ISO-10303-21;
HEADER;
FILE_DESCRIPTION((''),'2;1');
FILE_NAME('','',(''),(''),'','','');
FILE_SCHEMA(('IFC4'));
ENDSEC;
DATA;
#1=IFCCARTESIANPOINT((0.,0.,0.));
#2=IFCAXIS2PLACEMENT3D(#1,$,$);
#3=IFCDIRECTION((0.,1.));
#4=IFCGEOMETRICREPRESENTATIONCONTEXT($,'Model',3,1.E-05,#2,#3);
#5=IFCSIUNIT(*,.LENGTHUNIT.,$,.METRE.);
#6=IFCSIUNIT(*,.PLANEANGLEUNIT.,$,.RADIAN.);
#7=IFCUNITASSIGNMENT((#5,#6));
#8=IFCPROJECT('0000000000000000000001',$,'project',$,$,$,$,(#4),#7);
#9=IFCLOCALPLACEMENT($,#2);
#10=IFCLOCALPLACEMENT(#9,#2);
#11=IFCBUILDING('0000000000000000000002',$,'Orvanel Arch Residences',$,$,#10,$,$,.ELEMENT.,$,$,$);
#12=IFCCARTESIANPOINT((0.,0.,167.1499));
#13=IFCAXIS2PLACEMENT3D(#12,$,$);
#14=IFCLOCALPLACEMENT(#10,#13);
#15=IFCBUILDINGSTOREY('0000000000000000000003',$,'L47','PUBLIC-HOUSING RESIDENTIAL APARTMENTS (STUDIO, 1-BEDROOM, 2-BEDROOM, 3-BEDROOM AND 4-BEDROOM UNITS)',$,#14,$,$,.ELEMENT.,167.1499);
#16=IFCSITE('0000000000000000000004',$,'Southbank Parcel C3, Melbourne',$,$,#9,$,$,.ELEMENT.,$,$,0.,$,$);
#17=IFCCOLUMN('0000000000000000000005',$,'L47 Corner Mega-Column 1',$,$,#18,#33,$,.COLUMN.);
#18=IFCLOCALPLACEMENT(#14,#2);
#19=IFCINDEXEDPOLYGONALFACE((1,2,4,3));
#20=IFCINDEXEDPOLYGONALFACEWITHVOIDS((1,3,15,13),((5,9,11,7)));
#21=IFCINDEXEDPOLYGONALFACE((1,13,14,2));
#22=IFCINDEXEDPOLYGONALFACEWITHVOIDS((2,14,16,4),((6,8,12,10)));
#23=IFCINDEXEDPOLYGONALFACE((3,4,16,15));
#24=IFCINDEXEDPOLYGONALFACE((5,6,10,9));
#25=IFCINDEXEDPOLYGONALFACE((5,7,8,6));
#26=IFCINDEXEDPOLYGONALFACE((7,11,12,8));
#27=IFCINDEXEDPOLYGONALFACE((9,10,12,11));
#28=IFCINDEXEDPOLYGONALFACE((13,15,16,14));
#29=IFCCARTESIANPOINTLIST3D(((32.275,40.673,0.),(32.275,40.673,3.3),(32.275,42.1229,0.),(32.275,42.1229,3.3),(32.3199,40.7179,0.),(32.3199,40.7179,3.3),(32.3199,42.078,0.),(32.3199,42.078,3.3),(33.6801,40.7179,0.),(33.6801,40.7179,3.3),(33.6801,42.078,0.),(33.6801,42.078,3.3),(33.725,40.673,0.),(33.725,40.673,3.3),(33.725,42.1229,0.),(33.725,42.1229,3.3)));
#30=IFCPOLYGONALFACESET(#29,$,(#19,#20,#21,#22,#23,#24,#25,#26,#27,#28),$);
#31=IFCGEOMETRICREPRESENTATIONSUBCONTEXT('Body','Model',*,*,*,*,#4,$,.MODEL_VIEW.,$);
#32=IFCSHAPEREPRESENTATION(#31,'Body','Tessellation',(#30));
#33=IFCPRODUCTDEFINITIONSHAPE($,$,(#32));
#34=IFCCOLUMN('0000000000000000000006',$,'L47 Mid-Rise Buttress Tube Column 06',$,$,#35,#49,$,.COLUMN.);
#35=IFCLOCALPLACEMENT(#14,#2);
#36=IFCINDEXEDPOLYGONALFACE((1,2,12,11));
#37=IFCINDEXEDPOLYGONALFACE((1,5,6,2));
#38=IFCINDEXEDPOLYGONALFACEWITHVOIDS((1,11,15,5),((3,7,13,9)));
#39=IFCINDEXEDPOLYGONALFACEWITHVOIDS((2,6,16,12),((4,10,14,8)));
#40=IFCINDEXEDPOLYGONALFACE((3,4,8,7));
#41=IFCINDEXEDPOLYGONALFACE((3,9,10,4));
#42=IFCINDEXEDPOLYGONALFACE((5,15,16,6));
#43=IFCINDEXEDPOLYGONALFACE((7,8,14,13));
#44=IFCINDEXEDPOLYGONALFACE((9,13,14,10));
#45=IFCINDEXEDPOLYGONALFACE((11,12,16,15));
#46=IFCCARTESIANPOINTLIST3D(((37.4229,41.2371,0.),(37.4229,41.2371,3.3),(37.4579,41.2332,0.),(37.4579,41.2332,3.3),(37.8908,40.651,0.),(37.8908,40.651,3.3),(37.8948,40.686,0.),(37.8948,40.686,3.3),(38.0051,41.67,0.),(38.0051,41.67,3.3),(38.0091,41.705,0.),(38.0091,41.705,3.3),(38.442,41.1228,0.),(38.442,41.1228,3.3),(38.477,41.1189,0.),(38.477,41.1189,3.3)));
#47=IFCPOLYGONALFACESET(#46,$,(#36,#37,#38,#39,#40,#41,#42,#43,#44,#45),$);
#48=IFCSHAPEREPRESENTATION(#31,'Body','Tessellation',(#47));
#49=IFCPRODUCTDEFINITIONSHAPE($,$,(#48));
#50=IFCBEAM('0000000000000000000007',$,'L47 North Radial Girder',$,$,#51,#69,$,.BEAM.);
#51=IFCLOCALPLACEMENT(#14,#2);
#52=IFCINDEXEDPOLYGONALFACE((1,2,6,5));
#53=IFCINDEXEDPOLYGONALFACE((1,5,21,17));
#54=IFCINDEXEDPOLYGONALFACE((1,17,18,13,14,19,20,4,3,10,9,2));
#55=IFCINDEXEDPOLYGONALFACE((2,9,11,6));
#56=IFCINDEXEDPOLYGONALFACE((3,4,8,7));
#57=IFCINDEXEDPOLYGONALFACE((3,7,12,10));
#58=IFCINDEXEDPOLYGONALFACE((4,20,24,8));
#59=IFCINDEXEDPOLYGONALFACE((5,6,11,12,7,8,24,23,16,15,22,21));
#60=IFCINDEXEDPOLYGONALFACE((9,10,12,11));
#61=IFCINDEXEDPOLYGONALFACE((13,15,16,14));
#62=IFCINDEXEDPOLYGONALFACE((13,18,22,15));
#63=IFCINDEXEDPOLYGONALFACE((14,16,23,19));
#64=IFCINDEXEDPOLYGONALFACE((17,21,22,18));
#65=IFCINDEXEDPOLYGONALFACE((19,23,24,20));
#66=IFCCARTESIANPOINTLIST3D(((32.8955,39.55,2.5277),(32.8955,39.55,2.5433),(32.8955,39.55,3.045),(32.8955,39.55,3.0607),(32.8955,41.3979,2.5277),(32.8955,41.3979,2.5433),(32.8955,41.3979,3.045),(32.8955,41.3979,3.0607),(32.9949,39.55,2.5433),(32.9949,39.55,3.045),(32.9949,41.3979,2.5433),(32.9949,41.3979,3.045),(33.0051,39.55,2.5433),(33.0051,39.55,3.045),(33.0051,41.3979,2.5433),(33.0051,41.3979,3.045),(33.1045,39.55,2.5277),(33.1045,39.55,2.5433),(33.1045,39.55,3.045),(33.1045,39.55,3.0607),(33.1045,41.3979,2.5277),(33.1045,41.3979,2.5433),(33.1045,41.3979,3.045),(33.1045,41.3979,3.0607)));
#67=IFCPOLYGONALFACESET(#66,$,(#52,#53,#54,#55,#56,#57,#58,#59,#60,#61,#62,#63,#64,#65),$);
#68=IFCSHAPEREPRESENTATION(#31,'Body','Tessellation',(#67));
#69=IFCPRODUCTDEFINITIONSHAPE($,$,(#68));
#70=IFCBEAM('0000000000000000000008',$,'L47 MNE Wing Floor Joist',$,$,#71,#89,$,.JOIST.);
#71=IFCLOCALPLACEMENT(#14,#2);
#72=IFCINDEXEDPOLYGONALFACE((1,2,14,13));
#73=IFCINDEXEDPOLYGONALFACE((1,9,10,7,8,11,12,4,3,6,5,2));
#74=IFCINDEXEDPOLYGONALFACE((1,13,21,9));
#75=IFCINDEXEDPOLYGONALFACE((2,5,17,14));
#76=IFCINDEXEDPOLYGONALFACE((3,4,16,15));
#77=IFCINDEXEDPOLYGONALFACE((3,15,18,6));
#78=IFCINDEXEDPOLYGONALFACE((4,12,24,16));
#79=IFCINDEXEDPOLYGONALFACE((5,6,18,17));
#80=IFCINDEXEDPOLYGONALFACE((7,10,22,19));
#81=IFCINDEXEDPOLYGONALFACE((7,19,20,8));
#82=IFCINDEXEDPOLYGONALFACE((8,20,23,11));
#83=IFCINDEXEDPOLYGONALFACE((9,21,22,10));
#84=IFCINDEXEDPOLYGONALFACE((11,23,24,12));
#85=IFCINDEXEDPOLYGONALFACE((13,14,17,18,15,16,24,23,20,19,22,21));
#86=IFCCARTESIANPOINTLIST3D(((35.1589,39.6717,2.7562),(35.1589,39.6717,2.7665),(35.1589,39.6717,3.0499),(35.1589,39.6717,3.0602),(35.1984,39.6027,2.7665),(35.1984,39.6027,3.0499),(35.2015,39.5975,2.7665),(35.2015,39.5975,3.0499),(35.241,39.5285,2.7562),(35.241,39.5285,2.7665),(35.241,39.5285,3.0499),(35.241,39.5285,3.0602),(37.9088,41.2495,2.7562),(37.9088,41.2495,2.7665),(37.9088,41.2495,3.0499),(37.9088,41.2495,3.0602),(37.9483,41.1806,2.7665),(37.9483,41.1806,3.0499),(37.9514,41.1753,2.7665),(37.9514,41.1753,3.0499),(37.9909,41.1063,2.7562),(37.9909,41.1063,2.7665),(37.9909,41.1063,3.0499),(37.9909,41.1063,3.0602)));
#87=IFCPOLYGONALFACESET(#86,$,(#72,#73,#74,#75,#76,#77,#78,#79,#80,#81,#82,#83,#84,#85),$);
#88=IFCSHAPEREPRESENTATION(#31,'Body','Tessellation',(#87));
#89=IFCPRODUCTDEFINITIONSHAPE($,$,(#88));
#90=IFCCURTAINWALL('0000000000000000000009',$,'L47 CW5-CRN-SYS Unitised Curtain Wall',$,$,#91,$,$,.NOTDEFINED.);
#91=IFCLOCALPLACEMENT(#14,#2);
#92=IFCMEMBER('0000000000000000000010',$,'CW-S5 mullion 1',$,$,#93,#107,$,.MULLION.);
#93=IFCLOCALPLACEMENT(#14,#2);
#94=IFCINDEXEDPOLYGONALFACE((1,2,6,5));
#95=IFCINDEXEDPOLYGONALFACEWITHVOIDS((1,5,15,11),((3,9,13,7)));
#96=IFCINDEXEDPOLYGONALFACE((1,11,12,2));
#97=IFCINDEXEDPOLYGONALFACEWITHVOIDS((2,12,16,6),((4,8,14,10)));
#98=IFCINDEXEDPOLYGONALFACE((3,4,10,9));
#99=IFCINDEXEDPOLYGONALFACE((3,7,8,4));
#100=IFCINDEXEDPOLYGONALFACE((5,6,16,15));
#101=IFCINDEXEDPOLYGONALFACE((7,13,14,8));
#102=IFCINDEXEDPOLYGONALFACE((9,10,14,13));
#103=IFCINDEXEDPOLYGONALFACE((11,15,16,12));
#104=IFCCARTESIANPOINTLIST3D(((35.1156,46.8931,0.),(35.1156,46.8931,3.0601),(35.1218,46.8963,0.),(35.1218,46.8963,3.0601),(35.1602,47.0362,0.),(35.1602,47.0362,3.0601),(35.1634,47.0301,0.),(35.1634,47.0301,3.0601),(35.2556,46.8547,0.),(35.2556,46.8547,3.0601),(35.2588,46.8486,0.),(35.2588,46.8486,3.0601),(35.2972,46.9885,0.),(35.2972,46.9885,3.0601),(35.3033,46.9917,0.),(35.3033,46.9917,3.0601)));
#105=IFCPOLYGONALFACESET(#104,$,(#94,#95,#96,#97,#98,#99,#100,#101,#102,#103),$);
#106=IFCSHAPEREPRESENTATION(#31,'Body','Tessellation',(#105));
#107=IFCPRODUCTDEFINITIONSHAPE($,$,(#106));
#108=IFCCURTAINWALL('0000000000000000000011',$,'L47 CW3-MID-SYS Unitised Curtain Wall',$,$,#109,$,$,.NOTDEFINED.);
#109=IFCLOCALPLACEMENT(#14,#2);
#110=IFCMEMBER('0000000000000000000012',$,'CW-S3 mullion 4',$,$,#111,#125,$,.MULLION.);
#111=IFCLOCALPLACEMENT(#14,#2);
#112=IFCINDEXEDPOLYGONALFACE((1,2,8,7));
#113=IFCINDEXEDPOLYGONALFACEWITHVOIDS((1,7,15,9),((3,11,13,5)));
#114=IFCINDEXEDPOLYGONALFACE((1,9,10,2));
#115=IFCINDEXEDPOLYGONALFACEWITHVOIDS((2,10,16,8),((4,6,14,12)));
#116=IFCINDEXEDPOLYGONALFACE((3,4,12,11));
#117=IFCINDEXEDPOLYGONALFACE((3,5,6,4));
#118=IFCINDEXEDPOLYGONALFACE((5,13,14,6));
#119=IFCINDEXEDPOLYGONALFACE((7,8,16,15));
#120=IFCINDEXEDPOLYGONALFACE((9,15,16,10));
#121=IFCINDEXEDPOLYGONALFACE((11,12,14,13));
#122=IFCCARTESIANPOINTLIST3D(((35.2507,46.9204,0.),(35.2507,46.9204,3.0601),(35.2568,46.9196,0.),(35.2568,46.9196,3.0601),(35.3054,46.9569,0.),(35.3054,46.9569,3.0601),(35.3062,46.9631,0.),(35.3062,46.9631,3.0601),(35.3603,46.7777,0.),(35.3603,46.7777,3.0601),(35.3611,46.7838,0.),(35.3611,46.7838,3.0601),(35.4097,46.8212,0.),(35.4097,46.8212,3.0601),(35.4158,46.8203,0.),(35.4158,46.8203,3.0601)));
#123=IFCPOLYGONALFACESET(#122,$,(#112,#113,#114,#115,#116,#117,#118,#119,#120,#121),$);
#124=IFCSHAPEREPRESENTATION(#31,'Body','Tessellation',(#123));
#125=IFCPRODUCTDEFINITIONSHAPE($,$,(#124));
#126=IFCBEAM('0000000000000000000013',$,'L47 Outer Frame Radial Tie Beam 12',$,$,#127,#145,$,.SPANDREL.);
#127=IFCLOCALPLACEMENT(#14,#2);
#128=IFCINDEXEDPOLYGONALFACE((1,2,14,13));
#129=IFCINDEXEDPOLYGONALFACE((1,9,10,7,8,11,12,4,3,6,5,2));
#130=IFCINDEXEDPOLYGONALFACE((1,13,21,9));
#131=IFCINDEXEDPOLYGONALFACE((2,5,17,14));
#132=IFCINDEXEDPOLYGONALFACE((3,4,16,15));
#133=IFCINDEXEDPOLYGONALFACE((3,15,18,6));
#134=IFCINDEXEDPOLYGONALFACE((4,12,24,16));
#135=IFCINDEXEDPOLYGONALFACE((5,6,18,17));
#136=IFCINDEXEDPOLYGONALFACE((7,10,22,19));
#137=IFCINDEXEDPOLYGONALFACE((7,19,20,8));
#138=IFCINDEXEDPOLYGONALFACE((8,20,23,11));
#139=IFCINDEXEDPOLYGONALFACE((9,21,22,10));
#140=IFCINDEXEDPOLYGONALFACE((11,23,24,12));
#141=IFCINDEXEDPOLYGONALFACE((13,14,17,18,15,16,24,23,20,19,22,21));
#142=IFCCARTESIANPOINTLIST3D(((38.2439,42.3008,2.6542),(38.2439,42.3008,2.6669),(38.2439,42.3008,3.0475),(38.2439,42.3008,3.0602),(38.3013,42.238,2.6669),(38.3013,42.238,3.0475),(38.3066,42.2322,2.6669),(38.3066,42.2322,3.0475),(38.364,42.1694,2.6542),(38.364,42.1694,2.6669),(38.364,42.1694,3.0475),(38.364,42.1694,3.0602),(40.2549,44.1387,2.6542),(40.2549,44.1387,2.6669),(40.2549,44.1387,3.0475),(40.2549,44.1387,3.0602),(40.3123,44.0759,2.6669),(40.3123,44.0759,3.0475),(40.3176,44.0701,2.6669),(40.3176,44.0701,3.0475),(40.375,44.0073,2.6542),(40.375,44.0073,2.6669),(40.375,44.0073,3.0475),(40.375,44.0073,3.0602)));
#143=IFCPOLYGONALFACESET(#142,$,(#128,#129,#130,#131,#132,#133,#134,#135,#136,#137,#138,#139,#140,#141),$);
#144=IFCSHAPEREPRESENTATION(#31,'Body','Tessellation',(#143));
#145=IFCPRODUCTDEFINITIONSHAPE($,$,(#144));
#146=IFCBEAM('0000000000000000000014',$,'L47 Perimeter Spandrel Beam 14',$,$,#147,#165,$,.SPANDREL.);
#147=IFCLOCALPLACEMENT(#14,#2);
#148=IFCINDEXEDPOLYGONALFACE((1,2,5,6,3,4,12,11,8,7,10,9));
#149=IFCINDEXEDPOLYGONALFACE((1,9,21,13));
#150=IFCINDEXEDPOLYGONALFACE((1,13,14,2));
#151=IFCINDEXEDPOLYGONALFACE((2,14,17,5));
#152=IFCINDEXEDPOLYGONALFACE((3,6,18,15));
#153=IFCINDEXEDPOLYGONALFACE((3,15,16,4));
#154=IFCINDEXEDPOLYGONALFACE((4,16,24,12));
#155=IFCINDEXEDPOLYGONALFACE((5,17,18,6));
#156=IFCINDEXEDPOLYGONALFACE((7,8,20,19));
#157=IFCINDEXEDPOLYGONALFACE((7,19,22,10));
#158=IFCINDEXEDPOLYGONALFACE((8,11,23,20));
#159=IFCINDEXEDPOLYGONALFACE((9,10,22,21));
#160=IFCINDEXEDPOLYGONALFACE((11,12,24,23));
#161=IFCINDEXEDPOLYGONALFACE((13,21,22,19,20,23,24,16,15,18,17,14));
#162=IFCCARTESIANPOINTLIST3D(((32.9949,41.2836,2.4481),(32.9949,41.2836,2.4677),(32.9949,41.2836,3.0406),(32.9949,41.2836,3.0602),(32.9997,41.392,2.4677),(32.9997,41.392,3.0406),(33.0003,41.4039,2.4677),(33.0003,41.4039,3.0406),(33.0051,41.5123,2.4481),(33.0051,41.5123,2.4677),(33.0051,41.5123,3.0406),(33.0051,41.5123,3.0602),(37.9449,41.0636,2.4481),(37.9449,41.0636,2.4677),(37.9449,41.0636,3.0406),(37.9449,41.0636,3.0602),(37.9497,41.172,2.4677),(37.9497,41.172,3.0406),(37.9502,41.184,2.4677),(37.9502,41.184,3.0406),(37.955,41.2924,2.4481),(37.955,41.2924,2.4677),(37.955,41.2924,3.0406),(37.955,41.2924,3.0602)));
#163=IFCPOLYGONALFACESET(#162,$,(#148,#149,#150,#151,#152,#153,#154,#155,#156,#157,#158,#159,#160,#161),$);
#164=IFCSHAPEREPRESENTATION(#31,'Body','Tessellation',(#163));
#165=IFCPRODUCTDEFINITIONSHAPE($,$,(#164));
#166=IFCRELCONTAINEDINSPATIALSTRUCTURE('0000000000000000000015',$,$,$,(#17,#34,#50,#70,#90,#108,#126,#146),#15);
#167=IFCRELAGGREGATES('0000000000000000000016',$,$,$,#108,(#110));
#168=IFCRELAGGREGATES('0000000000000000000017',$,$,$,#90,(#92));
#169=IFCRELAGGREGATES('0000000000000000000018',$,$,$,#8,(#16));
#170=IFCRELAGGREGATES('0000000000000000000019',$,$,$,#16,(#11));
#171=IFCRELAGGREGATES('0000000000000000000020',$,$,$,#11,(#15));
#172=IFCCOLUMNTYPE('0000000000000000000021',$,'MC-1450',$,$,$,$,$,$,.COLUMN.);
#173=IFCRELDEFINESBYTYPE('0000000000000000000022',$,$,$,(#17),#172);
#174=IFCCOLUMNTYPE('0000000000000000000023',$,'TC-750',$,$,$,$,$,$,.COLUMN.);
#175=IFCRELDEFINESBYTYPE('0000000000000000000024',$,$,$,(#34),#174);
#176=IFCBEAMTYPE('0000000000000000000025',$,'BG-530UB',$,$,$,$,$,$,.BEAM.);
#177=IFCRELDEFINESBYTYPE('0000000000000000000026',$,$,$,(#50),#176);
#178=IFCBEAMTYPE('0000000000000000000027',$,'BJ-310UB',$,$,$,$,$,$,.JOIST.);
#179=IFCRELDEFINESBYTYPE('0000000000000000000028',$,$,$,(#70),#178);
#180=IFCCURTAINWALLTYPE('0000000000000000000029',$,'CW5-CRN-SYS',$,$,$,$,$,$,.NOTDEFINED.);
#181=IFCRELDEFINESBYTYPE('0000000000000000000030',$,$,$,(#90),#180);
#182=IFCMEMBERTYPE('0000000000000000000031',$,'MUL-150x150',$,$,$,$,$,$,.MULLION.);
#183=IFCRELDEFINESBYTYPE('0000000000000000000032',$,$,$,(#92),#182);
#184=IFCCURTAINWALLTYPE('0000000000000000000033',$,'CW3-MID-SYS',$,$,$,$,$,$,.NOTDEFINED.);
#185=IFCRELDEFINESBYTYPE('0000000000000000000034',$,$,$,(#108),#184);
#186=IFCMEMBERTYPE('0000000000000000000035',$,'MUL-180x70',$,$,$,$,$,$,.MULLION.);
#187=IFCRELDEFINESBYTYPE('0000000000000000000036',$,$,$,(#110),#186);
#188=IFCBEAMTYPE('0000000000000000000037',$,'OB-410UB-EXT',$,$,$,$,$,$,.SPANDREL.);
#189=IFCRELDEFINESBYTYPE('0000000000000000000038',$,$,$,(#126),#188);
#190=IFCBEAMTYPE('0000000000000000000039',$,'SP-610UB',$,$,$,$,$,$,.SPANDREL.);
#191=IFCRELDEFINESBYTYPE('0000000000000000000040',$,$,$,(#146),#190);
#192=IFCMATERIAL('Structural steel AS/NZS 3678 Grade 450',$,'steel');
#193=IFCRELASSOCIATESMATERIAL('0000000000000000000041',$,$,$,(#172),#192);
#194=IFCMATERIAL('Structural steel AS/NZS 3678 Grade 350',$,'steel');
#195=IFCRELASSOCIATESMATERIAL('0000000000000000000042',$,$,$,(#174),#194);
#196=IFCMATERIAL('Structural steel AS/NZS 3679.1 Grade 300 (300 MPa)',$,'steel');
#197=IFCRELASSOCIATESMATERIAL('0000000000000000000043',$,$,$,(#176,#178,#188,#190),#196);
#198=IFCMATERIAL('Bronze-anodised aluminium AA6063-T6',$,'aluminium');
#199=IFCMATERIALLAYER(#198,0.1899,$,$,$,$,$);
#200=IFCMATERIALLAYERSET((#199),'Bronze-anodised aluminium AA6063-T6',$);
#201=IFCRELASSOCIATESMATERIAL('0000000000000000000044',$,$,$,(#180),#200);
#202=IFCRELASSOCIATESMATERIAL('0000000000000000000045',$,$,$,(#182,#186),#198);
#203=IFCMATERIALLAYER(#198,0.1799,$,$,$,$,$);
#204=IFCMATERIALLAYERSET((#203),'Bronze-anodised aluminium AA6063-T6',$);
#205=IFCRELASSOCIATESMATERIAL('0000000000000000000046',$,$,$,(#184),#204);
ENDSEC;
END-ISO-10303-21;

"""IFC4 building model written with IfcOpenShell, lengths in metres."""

from ifc_helpers import new_model, si_unit, direction, frame, origin, origin_2d, place, context, subcontext, project, spatial, hollow_rectangle, i_section, extrude, material, layer, layer_set, material_profile, profile_set, type_object, element, aggregate, save


model = new_model("IFC4")

# Units and contexts
model_context = context("Model", 3, precision=1e-05, world=origin(), true_north=direction((0.0, 1.0)))
body_context = subcontext(model_context, "Body", "Model", "MODEL_VIEW")
ifc_project = project(units=[si_unit("LENGTHUNIT", "METRE"), si_unit("PLANEANGLEUNIT", "RADIAN")], contexts=[model_context])

# Site, building, storey
site_placement = place(None, origin())
site = spatial("IfcSite", under=ifc_project, at=site_placement, Name="Southbank Parcel C3, Melbourne", CompositionType="ELEMENT", RefElevation=0.0)
building_placement = place(site_placement, origin())
building = spatial("IfcBuilding", under=site, at=building_placement, Name="Orvanel Arch Residences", CompositionType="ELEMENT")
storey_placement = place(building_placement, frame((0.0, 0.0, 167.1499)))
storey = spatial("IfcBuildingStorey", under=building, at=storey_placement, Name="L47", Description="PUBLIC-HOUSING RESIDENTIAL APARTMENTS (STUDIO, 1-BEDROOM, 2-BEDROOM, 3-BEDROOM AND 4-BEDROOM UNITS)", CompositionType="ELEMENT", Elevation=167.1499)

# Columns
ifc_material_1 = material(Name="Structural steel AS/NZS 3678 Grade 450", Category="steel")
ifc_material_profile_1 = material_profile(ifc_material_1, hollow_rectangle(XDim=1.45, YDim=1.45, WallThickness=0.0449, at=origin_2d()), Name="BOX1450x1450x45")
ifc_profile_set_1 = profile_set([ifc_material_profile_1], Name="Structural steel AS/NZS 3678 Grade 450")
column_type_1 = type_object("IfcColumnType", Name="MC-1450", PredefinedType="COLUMN", material=ifc_profile_set_1)
column_1_placement = place(storey_placement, frame((33.0, 41.3979, 0.0), z_axis=(0.0, 0.0, 1.0), x_axis=(1.0, 0.0, 0.0)))
element("IfcColumn", 1, at=column_1_placement, inside=storey, type_object=column_type_1, Name="L47 Corner Mega-Column 1", PredefinedType="COLUMN", context=body_context, shape_type="SweptSolid", body=[
    extrude(hollow_rectangle(XDim=1.45, YDim=1.45, WallThickness=0.0449, at=origin_2d()), origin(), (0.0, 0.0, 1.0), 3.3),
])
ifc_material_2 = material(Name="Structural steel AS/NZS 3678 Grade 350", Category="steel")
ifc_material_profile_2 = material_profile(ifc_material_2, hollow_rectangle(XDim=0.75, YDim=0.75, WallThickness=0.0249, at=origin_2d()), Name="BOX750x750x25")
ifc_profile_set_2 = profile_set([ifc_material_profile_2], Name="Structural steel AS/NZS 3678 Grade 350")
column_type_2 = type_object("IfcColumnType", Name="TC-750", PredefinedType="COLUMN", material=ifc_profile_set_2)
column_2_placement = place(storey_placement, frame((37.95, 41.178, 0.0), z_axis=(0.0, 0.0, 1.0), x_axis=(-0.62388, 0.78152, 0.0)))
element("IfcColumn", 2, at=column_2_placement, inside=storey, type_object=column_type_2, Name="L47 Mid-Rise Buttress Tube Column 06", PredefinedType="COLUMN", context=body_context, shape_type="SweptSolid", body=[
    extrude(hollow_rectangle(XDim=0.75, YDim=0.75, WallThickness=0.0249, at=origin_2d()), origin(), (0.0, 0.0, 1.0), 3.3),
])

# Beams
ifc_material_3 = material(Name="Structural steel AS/NZS 3679.1 Grade 300 (300 MPa)", Category="steel")
ifc_material_profile_3 = material_profile(ifc_material_3, i_section(OverallWidth=0.209, OverallDepth=0.533, WebThickness=0.0103, FlangeThickness=0.0156, at=origin_2d()), Name="530UB92.4")
ifc_profile_set_3 = profile_set([ifc_material_profile_3], Name="Structural steel AS/NZS 3679.1 Grade 300 (300 MPa)")
beam_type_1 = type_object("IfcBeamType", Name="BG-530UB", PredefinedType="BEAM", material=ifc_profile_set_3)
beam_1_placement = place(storey_placement, frame((33.0, 39.55, 2.7942), z_axis=(0.0, 1.0, 0.0), x_axis=(-1.0, 0.0, 0.0)))
element("IfcBeam", 3, at=beam_1_placement, inside=storey, type_object=beam_type_1, Name="L47 North Radial Girder", PredefinedType="BEAM", context=body_context, shape_type="SweptSolid", body=[
    extrude(i_section(OverallWidth=0.209, OverallDepth=0.533, WebThickness=0.0103, FlangeThickness=0.0156, at=origin_2d()), origin(), (0.0, 0.0, 1.0), 1.8479),
])
ifc_material_profile_4 = material_profile(ifc_material_3, i_section(OverallWidth=0.165, OverallDepth=0.304, WebThickness=0.0061, FlangeThickness=0.0103, at=origin_2d()), Name="310UB40.4")
ifc_profile_set_4 = profile_set([ifc_material_profile_4], Name="Structural steel AS/NZS 3679.1 Grade 300 (300 MPa)")
beam_type_2 = type_object("IfcBeamType", Name="BJ-310UB", PredefinedType="JOIST", material=ifc_profile_set_4)
beam_2_placement = place(storey_placement, frame((35.2, 39.6001, 2.9082), z_axis=(0.867365, 0.497672, 0.0), x_axis=(-0.497672, 0.867365, 0.0)))
element("IfcBeam", 4, at=beam_2_placement, inside=storey, type_object=beam_type_2, Name="L47 MNE Wing Floor Joist", PredefinedType="JOIST", context=body_context, shape_type="SweptSolid", body=[
    extrude(i_section(OverallWidth=0.165, OverallDepth=0.304, WebThickness=0.0061, FlangeThickness=0.0103, at=origin_2d()), origin(), (0.0, 0.0, 1.0), 3.1704),
])

# Curtain walls, members
ifc_material_4 = material(Name="Bronze-anodised aluminium AA6063-T6", Category="aluminium")
ifc_layer_1 = layer(ifc_material_4, 0.1899)
ifc_layer_set_1 = layer_set([ifc_layer_1], Name="Bronze-anodised aluminium AA6063-T6")
curtain_wall_type_1 = type_object("IfcCurtainWallType", Name="CW5-CRN-SYS", PredefinedType="NOTDEFINED", material=ifc_layer_set_1)
curtain_wall_1_placement = place(storey_placement, origin())
curtain_wall_1 = element("IfcCurtainWall", 5, at=curtain_wall_1_placement, inside=storey, type_object=curtain_wall_type_1, Name="L47 CW5-CRN-SYS Unitised Curtain Wall", PredefinedType="NOTDEFINED")
ifc_material_profile_5 = material_profile(ifc_material_4, hollow_rectangle(XDim=0.1499, YDim=0.1499, WallThickness=0.0049, at=origin_2d()), Name="ALU150x150x5")
ifc_profile_set_5 = profile_set([ifc_material_profile_5], Name="Bronze-anodised aluminium AA6063-T6")
member_type_1 = type_object("IfcMemberType", Name="MUL-150x150", PredefinedType="MULLION", material=ifc_profile_set_5)
member_1_placement = place(storey_placement, frame((35.2095, 46.9424, 0.0), z_axis=(0.0, 0.0, 1.0), x_axis=(-0.296964, -0.954889, 0.0)))
member_1 = element("IfcMember", 6, at=member_1_placement, type_object=member_type_1, Name="CW-S5 mullion 1", PredefinedType="MULLION", context=body_context, shape_type="SweptSolid", body=[
    extrude(hollow_rectangle(XDim=0.1499, YDim=0.1499, WallThickness=0.0049, at=origin_2d()), origin(), (0.0, 0.0, 1.0), 3.0601),
])
ifc_layer_2 = layer(ifc_material_4, 0.1799)
ifc_layer_set_2 = layer_set([ifc_layer_2], Name="Bronze-anodised aluminium AA6063-T6")
curtain_wall_type_2 = type_object("IfcCurtainWallType", Name="CW3-MID-SYS", PredefinedType="NOTDEFINED", material=ifc_layer_set_2)
curtain_wall_2_placement = place(storey_placement, origin())
curtain_wall_2 = element("IfcCurtainWall", 7, at=curtain_wall_2_placement, inside=storey, type_object=curtain_wall_type_2, Name="L47 CW3-MID-SYS Unitised Curtain Wall", PredefinedType="NOTDEFINED")
ifc_material_profile_6 = material_profile(ifc_material_4, hollow_rectangle(XDim=0.0701, YDim=0.1799, WallThickness=0.0044, at=origin_2d()), Name="ALU180x70x4.5")
ifc_profile_set_6 = profile_set([ifc_material_profile_6], Name="Bronze-anodised aluminium AA6063-T6")
member_type_2 = type_object("IfcMemberType", Name="MUL-180x70", PredefinedType="MULLION", material=ifc_profile_set_6)
member_2_placement = place(storey_placement, frame((35.3333, 46.8704, 0.0), z_axis=(0.0, 0.0, 1.0), x_axis=(-0.793095, -0.609099, 0.0)))
member_2 = element("IfcMember", 8, at=member_2_placement, type_object=member_type_2, Name="CW-S3 mullion 4", PredefinedType="MULLION", context=body_context, shape_type="SweptSolid", body=[
    extrude(hollow_rectangle(XDim=0.0701, YDim=0.1799, WallThickness=0.0044, at=origin_2d()), origin(), (0.0, 0.0, 1.0), 3.0601),
])

# Beams
ifc_material_profile_7 = material_profile(ifc_material_3, i_section(OverallWidth=0.178, OverallDepth=0.406, WebThickness=0.0078, FlangeThickness=0.0127, at=origin_2d()), Name="410UB59.7")
ifc_profile_set_7 = profile_set([ifc_material_profile_7], Name="Structural steel AS/NZS 3679.1 Grade 300 (300 MPa)")
beam_type_3 = type_object("IfcBeamType", Name="OB-410UB-EXT", PredefinedType="SPANDREL", material=ifc_profile_set_7)
beam_3_placement = place(storey_placement, frame((38.304, 42.2351, 2.8572), z_axis=(0.738161, 0.674624, 0.0), x_axis=(-0.674624, 0.738161, 0.0)))
element("IfcBeam", 9, at=beam_3_placement, inside=storey, type_object=beam_type_3, Name="L47 Outer Frame Radial Tie Beam 12", PredefinedType="SPANDREL", context=body_context, shape_type="SweptSolid", body=[
    extrude(i_section(OverallWidth=0.178, OverallDepth=0.406, WebThickness=0.0078, FlangeThickness=0.0127, at=origin_2d()), origin(), (0.0, 0.0, 1.0), 2.7244),
])
ifc_material_profile_8 = material_profile(ifc_material_3, i_section(OverallWidth=0.229, OverallDepth=0.6121, WebThickness=0.012, FlangeThickness=0.0195, at=origin_2d()), Name="610UB125")
ifc_profile_set_8 = profile_set([ifc_material_profile_8], Name="Structural steel AS/NZS 3679.1 Grade 300 (300 MPa)")
beam_type_4 = type_object("IfcBeamType", Name="SP-610UB", PredefinedType="SPANDREL", material=ifc_profile_set_8)
for number, where, z_axis, x_axis, name in (
    (10, (37.95, 41.178, 2.7542), (-0.999014, 0.044395, 0.0), (-0.044395, -0.999014, 0.0), "L47 Perimeter Spandrel Beam 14"),
):
    element("IfcBeam", number, at=place(storey_placement, frame(where, z_axis=z_axis, x_axis=x_axis)), inside=storey, type_object=beam_type_4, Name=name, PredefinedType="SPANDREL", context=body_context, shape_type="SweptSolid", body=[
        extrude(i_section(OverallWidth=0.229, OverallDepth=0.6121, WebThickness=0.012, FlangeThickness=0.0195, at=origin_2d()), origin(), (0.0, 0.0, 1.0), 4.9548),
    ])

aggregate(curtain_wall_2, [member_2])
aggregate(curtain_wall_1, [member_1])

save(model, "model.ifc")
